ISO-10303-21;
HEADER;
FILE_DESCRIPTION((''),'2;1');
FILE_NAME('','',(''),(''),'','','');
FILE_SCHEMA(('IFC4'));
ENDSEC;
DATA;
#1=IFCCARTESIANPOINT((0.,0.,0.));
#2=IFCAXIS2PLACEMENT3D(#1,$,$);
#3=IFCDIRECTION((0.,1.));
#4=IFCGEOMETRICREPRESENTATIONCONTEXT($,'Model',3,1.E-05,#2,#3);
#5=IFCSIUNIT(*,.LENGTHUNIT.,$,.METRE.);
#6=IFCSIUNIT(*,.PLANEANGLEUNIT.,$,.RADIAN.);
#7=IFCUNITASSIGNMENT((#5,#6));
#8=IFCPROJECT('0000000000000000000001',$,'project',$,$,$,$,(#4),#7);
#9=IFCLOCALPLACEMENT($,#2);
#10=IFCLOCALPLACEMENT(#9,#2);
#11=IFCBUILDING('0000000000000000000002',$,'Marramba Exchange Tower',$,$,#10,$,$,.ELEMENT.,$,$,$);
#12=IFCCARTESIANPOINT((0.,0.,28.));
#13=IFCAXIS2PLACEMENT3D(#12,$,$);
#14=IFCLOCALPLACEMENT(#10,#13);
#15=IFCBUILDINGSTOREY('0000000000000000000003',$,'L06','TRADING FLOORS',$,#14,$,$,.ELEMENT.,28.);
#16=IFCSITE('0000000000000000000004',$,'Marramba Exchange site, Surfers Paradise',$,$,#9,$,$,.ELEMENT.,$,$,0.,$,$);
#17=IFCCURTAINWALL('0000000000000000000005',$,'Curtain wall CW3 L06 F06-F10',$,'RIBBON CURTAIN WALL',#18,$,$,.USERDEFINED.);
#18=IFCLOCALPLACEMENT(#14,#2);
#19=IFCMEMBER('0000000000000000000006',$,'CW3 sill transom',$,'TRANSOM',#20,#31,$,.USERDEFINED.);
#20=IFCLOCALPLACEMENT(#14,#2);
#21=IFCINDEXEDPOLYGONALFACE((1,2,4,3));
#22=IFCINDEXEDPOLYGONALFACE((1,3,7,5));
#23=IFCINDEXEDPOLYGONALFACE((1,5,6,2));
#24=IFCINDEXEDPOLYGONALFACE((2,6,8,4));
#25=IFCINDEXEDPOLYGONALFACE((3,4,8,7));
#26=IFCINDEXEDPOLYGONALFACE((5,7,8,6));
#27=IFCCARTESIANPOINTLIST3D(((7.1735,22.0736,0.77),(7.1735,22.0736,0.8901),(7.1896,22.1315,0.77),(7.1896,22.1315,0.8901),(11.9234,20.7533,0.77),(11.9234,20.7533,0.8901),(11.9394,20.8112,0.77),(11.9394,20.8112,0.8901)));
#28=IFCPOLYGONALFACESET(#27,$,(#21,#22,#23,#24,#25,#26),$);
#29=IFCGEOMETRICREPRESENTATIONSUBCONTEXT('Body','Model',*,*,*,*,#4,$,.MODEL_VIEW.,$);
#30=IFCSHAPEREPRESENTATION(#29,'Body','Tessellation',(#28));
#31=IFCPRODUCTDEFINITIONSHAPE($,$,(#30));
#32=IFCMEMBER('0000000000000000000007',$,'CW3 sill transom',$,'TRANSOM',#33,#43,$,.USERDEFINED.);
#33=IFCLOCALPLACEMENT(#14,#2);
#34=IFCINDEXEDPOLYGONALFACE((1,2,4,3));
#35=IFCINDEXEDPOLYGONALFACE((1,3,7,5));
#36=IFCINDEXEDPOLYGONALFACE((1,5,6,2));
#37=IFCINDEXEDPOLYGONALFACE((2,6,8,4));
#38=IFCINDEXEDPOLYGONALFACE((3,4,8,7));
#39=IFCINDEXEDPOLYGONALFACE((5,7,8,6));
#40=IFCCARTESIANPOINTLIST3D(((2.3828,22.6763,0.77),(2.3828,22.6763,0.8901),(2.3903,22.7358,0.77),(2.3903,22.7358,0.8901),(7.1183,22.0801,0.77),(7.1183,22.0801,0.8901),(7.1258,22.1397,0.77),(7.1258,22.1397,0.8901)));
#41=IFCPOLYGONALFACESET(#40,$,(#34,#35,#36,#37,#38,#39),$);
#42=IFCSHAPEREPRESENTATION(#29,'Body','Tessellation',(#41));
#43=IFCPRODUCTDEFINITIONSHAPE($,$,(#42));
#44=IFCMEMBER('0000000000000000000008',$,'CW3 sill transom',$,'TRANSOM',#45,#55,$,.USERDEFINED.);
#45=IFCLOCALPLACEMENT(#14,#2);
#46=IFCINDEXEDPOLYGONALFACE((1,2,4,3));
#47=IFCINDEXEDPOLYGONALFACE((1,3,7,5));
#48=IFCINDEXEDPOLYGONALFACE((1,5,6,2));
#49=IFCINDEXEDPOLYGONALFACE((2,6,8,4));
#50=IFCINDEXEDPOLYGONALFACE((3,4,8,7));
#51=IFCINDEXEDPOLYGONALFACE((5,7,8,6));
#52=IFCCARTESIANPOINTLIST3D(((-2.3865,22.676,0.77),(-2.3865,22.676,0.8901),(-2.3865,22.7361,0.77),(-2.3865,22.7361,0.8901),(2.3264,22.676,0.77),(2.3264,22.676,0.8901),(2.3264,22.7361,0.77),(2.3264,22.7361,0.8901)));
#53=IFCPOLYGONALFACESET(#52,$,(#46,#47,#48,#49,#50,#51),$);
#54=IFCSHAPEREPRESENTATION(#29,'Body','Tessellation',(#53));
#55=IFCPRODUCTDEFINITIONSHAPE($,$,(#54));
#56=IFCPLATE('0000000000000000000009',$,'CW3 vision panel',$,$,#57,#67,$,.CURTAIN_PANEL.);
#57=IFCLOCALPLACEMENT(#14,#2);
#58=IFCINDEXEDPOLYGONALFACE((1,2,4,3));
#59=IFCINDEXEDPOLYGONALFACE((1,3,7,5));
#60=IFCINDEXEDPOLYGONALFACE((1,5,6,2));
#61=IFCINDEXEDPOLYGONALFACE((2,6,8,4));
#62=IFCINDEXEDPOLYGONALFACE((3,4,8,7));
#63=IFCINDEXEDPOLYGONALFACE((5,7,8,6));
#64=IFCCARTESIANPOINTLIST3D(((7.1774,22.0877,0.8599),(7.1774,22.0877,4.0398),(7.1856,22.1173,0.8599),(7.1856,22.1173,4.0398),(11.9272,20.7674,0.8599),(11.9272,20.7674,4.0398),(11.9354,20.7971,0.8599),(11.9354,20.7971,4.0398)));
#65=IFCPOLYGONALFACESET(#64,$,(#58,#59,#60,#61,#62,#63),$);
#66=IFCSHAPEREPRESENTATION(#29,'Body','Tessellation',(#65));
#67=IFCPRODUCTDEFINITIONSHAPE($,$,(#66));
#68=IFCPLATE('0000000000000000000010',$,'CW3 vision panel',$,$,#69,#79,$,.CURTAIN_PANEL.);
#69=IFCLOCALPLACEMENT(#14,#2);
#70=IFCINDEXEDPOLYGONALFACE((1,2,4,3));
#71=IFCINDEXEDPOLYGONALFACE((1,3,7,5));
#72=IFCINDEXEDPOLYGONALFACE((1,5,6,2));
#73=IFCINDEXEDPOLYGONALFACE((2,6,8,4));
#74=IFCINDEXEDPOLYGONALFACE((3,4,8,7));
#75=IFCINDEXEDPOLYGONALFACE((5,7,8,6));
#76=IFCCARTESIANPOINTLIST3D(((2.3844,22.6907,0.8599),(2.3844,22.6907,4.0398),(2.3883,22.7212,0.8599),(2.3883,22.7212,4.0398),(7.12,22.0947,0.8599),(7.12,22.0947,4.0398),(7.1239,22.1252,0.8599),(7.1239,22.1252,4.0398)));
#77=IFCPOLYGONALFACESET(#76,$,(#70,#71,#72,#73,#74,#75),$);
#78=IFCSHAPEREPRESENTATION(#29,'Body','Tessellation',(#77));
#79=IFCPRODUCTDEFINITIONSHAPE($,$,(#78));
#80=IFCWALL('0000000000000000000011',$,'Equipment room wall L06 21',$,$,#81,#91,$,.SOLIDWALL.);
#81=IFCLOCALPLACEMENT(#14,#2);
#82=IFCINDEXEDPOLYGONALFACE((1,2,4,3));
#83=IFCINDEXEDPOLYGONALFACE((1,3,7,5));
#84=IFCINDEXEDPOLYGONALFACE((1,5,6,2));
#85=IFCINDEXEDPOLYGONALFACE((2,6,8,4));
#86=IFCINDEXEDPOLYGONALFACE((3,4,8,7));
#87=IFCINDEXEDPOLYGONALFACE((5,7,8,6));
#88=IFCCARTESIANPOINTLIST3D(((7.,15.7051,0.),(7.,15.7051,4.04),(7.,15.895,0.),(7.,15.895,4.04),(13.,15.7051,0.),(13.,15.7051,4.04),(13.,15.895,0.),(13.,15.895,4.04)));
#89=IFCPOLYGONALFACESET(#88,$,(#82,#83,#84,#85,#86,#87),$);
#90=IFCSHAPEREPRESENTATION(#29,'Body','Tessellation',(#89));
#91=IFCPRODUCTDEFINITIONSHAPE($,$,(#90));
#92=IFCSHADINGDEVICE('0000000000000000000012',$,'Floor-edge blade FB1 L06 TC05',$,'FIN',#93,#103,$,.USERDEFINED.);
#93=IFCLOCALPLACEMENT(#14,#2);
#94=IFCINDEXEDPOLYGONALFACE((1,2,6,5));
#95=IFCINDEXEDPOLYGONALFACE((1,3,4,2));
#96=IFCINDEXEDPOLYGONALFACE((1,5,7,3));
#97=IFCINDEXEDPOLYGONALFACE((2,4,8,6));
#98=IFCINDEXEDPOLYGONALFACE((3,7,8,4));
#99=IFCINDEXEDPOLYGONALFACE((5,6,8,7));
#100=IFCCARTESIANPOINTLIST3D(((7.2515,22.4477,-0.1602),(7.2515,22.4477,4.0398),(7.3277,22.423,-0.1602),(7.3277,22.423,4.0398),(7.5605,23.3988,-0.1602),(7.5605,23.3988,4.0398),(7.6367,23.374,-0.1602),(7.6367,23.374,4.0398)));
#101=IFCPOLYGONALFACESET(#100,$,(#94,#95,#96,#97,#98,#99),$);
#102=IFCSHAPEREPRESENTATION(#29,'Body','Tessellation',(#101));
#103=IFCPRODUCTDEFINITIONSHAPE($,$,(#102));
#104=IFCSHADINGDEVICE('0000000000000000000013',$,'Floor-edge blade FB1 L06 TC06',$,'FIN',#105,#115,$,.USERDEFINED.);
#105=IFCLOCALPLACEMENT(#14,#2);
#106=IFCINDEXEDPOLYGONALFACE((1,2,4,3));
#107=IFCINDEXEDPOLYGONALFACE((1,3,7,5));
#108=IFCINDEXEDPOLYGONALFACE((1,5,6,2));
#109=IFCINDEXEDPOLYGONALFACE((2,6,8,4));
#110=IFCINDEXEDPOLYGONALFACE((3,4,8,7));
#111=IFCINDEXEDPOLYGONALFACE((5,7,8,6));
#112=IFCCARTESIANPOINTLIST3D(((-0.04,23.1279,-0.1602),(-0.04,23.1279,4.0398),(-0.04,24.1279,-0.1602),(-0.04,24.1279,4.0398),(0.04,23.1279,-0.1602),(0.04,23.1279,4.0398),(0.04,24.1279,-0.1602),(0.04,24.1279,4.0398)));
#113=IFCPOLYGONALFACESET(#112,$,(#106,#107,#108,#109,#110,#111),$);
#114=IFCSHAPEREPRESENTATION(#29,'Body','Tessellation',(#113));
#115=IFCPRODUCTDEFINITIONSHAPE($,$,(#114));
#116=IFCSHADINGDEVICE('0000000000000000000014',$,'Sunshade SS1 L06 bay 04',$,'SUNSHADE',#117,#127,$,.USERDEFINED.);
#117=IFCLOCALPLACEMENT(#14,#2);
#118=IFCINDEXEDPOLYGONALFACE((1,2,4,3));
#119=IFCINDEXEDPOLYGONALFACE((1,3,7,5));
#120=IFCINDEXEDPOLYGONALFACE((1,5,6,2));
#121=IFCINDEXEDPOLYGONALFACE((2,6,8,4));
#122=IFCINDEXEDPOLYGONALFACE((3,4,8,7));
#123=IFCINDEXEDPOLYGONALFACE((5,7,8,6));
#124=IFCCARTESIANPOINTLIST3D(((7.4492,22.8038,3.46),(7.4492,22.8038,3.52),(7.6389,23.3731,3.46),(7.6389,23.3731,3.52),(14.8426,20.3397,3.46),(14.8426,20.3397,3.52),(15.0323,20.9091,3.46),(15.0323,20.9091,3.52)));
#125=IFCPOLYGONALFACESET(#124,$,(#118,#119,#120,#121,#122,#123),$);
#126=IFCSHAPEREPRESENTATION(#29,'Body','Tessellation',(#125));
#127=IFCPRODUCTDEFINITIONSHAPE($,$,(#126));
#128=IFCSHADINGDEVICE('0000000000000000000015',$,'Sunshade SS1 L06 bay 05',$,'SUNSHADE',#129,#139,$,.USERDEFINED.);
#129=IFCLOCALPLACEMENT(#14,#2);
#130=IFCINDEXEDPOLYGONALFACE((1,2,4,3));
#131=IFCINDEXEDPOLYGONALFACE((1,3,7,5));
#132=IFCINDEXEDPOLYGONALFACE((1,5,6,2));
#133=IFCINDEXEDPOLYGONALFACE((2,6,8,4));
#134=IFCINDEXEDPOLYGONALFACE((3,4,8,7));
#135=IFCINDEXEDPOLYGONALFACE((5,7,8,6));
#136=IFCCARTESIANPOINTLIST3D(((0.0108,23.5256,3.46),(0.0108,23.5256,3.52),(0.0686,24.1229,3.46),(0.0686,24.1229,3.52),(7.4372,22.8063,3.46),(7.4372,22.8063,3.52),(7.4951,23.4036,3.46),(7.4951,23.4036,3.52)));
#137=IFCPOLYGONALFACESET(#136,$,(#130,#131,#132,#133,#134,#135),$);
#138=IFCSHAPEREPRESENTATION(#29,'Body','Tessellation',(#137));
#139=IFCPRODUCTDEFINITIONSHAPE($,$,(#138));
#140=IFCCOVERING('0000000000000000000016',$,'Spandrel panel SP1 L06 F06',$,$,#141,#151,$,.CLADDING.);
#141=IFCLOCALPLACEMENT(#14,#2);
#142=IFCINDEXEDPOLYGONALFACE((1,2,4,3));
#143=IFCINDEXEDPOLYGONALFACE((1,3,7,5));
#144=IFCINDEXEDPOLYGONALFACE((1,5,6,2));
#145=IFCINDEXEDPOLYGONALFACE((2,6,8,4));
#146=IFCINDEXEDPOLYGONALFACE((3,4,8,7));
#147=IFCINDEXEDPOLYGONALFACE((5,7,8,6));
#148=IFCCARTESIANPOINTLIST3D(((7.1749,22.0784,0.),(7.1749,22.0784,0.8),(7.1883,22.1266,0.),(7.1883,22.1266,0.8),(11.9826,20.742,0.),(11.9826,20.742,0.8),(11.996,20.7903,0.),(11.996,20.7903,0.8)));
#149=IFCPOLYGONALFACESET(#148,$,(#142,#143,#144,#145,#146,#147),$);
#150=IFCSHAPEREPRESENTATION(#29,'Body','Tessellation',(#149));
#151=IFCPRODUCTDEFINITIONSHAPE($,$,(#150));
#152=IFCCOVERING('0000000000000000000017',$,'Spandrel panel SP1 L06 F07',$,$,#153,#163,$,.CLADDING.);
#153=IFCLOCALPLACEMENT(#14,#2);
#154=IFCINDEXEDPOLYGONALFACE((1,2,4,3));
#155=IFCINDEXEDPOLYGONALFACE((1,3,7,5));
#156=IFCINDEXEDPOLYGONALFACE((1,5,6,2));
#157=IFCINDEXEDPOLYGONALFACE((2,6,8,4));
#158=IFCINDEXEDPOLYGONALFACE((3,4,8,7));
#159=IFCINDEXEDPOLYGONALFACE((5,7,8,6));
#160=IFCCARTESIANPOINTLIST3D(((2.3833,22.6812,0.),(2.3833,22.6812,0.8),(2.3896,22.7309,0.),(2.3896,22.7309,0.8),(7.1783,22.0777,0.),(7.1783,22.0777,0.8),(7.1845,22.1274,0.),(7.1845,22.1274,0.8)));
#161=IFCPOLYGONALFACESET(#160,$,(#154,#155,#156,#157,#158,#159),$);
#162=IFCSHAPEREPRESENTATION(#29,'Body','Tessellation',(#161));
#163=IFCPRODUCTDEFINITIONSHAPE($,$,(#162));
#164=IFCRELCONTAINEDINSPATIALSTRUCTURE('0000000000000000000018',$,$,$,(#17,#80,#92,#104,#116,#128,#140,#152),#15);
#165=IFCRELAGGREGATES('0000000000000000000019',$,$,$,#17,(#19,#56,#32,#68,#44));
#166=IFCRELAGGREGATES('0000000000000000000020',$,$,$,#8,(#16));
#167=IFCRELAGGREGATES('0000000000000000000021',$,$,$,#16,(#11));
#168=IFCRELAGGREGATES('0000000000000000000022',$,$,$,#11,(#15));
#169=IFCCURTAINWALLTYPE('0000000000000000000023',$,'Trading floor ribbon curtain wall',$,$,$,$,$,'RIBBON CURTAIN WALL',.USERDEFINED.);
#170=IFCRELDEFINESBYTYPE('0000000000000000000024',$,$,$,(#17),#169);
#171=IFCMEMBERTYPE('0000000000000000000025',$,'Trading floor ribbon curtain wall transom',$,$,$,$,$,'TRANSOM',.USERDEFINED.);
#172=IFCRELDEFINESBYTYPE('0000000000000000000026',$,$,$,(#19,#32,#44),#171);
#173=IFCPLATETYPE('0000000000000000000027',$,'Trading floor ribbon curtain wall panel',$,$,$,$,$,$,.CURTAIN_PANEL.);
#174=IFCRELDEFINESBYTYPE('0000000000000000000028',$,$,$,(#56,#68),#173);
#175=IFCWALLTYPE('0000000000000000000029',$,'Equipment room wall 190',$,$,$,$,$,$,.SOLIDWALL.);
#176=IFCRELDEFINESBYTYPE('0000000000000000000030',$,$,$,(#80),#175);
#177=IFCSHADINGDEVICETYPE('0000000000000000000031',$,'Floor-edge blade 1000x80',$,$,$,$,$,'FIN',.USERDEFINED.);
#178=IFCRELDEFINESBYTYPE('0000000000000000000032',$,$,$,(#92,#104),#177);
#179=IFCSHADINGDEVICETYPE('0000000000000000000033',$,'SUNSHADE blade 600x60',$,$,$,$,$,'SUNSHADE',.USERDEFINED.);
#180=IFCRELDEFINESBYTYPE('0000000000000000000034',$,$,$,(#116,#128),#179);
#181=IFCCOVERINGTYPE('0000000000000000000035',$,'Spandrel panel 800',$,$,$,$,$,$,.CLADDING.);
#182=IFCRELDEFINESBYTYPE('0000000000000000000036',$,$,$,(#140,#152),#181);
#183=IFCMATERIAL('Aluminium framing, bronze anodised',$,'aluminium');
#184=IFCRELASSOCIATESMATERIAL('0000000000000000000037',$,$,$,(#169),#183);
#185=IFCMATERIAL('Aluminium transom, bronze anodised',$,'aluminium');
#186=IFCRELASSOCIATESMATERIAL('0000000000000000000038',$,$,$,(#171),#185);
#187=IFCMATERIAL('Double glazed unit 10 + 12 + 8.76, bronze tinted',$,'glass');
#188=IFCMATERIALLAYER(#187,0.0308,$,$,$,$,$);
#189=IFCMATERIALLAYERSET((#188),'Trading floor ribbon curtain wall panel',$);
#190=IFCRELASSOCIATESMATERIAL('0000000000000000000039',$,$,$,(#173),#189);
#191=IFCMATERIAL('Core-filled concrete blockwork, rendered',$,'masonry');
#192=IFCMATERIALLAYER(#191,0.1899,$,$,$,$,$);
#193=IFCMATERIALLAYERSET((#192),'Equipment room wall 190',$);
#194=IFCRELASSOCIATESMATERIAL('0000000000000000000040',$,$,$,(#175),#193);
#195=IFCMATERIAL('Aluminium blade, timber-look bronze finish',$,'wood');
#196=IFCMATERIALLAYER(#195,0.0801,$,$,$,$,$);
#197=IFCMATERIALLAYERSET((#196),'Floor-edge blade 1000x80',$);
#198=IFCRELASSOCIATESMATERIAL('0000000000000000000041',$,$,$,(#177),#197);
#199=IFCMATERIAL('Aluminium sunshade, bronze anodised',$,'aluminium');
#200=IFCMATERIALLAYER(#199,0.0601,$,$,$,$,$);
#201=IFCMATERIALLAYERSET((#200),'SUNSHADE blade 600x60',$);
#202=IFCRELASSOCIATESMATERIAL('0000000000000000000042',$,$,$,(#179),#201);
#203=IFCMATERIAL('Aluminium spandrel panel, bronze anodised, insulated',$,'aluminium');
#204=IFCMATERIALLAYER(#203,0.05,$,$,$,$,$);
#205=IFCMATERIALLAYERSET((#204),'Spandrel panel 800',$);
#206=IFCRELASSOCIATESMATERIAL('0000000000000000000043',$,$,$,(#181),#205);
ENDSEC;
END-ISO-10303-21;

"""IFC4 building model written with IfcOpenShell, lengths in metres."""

from ifc_helpers import new_model, si_unit, direction, frame, frame_2d, origin, origin_2d, place, context, subcontext, project, spatial, rectangle, extrude, material, layer, layer_set, material_profile, profile_set, type_object, element, aggregate, save


model = new_model("IFC4")

# Units and contexts
model_context = context("Model", 3, precision=1e-05, world=origin(), true_north=direction((0.0, 1.0)))
body_context = subcontext(model_context, "Body", "Model", "MODEL_VIEW")
ifc_project = project(units=[si_unit("LENGTHUNIT", "METRE"), si_unit("PLANEANGLEUNIT", "RADIAN")], contexts=[model_context])

# Site, building, storey
site_placement = place(None, origin())
site = spatial("IfcSite", under=ifc_project, at=site_placement, Name="Marramba Exchange site, Surfers Paradise", CompositionType="ELEMENT", RefElevation=0.0)
building_placement = place(site_placement, origin())
building = spatial("IfcBuilding", under=site, at=building_placement, Name="Marramba Exchange Tower", CompositionType="ELEMENT")
storey_placement = place(building_placement, frame((0.0, 0.0, 28.0)))
storey = spatial("IfcBuildingStorey", under=building, at=storey_placement, Name="L06", Description="TRADING FLOORS", CompositionType="ELEMENT", Elevation=28.0)

# Curtain wall, members, plates
ifc_material_1 = material(Name="Aluminium framing, bronze anodised", Category="aluminium")
curtain_wall_type = type_object("IfcCurtainWallType", Name="Trading floor ribbon curtain wall", ElementType="RIBBON CURTAIN WALL", PredefinedType="USERDEFINED", material=ifc_material_1)
curtain_wall_placement = place(storey_placement, origin())
curtain_wall = element("IfcCurtainWall", 1, at=curtain_wall_placement, inside=storey, type_object=curtain_wall_type, Name="Curtain wall CW3 L06 F06-F10", ObjectType="RIBBON CURTAIN WALL", PredefinedType="USERDEFINED")
ifc_material_2 = material(Name="Aluminium transom, bronze anodised", Category="aluminium")
ifc_material_profile_1 = material_profile(ifc_material_2, rectangle(XDim=0.0601, YDim=0.1201, at=origin_2d()), Name="CW3 transom 60x120")
ifc_profile_set_1 = profile_set([ifc_material_profile_1], Name="Aluminium transom, bronze anodised")
member_type_1 = type_object("IfcMemberType", Name="Trading floor ribbon curtain wall transom", ElementType="TRANSOM", PredefinedType="USERDEFINED", material=ifc_profile_set_1)
member_1_placement = place(storey_placement, frame((11.9314, 20.7822, 0.8301), z_axis=(-0.963469, 0.26782, 0.0), x_axis=(-0.26782, -0.963469, 0.0)))
member_1 = element("IfcMember", 2, at=member_1_placement, type_object=member_type_1, Name="CW3 sill transom", ObjectType="TRANSOM", PredefinedType="USERDEFINED", context=body_context, shape_type="SweptSolid", body=[
    extrude(rectangle(XDim=0.0601, YDim=0.1201, at=origin_2d()), origin(), (0.0, 0.0, 1.0), 4.9299),
])
member_2_placement = place(storey_placement, frame((7.1221, 22.1099, 0.8301), z_axis=(-0.992168, 0.12491, 0.0), x_axis=(-0.12491, -0.992168, 0.0)))
member_2 = element("IfcMember", 3, at=member_2_placement, type_object=member_type_1, Name="CW3 sill transom", ObjectType="TRANSOM", PredefinedType="USERDEFINED", context=body_context, shape_type="SweptSolid", body=[
    extrude(rectangle(XDim=0.0601, YDim=0.1201, at=origin_2d()), origin(), (0.0, 0.0, 1.0), 4.7729),
])
member_3_placement = place(storey_placement, frame((2.3264, 22.7061, 0.8301), z_axis=(-1.0, 0.0, 0.0), x_axis=(0.0, -1.0, 0.0)))
member_3 = element("IfcMember", 4, at=member_3_placement, type_object=member_type_1, Name="CW3 sill transom", ObjectType="TRANSOM", PredefinedType="USERDEFINED", context=body_context, shape_type="SweptSolid", body=[
    extrude(rectangle(XDim=0.0601, YDim=0.1201, at=origin_2d()), origin(), (0.0, 0.0, 1.0), 4.7129),
])
ifc_material_3 = material(Name="Double glazed unit 10 + 12 + 8.76, bronze tinted", Category="glass")
ifc_layer_1 = layer(ifc_material_3, 0.0308)
ifc_layer_set_1 = layer_set([ifc_layer_1], Name="Trading floor ribbon curtain wall panel")
plate_type = type_object("IfcPlateType", Name="Trading floor ribbon curtain wall panel", PredefinedType="CURTAIN_PANEL", material=ifc_layer_set_1)
plate_1_placement = place(storey_placement, frame((9.5564, 21.4424, 0.8599), z_axis=(0.0, 0.0, 1.0), x_axis=(-0.963472, 0.267809, 0.0)))
plate_1 = element("IfcPlate", 5, at=plate_1_placement, type_object=plate_type, Name="CW3 vision panel", PredefinedType="CURTAIN_PANEL", context=body_context, shape_type="SweptSolid", body=[
    extrude(rectangle(XDim=4.9299, YDim=0.0308, at=origin_2d()), origin(), (0.0, 0.0, 1.0), 3.1799),
])
plate_2_placement = place(storey_placement, frame((4.7542, 22.408, 0.8599), z_axis=(0.0, 0.0, 1.0), x_axis=(-0.992173, 0.124873, 0.0)))
plate_2 = element("IfcPlate", 6, at=plate_2_placement, type_object=plate_type, Name="CW3 vision panel", PredefinedType="CURTAIN_PANEL", context=body_context, shape_type="SweptSolid", body=[
    extrude(rectangle(XDim=4.7729, YDim=0.0308, at=origin_2d()), origin(), (0.0, 0.0, 1.0), 3.1799),
])
aggregate(curtain_wall, [member_1, plate_1, member_2, plate_2, member_3])

# Wall
ifc_material_4 = material(Name="Core-filled concrete blockwork, rendered", Category="masonry")
ifc_layer_2 = layer(ifc_material_4, 0.1899)
ifc_layer_set_2 = layer_set([ifc_layer_2], Name="Equipment room wall 190")
wall_type = type_object("IfcWallType", Name="Equipment room wall 190", PredefinedType="SOLIDWALL", material=ifc_layer_set_2)
wall_placement = place(storey_placement, frame((7.0, 15.8, 0.0), z_axis=(0.0, 0.0, 1.0), x_axis=(1.0, 0.0, 0.0)))
element("IfcWall", 7, at=wall_placement, inside=storey, type_object=wall_type, Name="Equipment room wall L06 21", PredefinedType="SOLIDWALL", context=body_context, shape_type="SweptSolid", body=[
    extrude(rectangle(XDim=6.0, YDim=0.1899, at=frame_2d((3.0, 0.0))), origin(), (0.0, 0.0, 1.0), 4.04),
])

# Shading devices
ifc_material_5 = material(Name="Aluminium blade, timber-look bronze finish", Category="wood")
ifc_layer_3 = layer(ifc_material_5, 0.0801)
ifc_layer_set_3 = layer_set([ifc_layer_3], Name="Floor-edge blade 1000x80")
shading_device_type_1 = type_object("IfcShadingDeviceType", Name="Floor-edge blade 1000x80", ElementType="FIN", PredefinedType="USERDEFINED", material=ifc_layer_set_3)
for number, where, z_axis, x_axis, name in (
    (8, (7.4441, 22.9109, -0.1602), (0.0, 0.0, 1.0), (0.309017, 0.951057, 0.0), "Floor-edge blade FB1 L06 TC05"),
    (9, (0.0, 23.6279, -0.1602), (0.0, 0.0, 1.0), (0.0, 1.0, 0.0), "Floor-edge blade FB1 L06 TC06"),
):
    element("IfcShadingDevice", number, at=place(storey_placement, frame(where, z_axis=z_axis, x_axis=x_axis)), inside=storey, type_object=shading_device_type_1, Name=name, ObjectType="FIN", PredefinedType="USERDEFINED", context=body_context, shape_type="SweptSolid", body=[
        extrude(rectangle(XDim=1.0, YDim=0.0801, at=origin_2d()), origin(), (0.0, 0.0, 1.0), 4.2),
    ])
ifc_material_6 = material(Name="Aluminium sunshade, bronze anodised", Category="aluminium")
ifc_layer_4 = layer(ifc_material_6, 0.0601)
ifc_layer_set_4 = layer_set([ifc_layer_4], Name="SUNSHADE blade 600x60")
shading_device_type_2 = type_object("IfcShadingDeviceType", Name="SUNSHADE blade 600x60", ElementType="SUNSHADE", PredefinedType="USERDEFINED", material=ifc_layer_set_4)
shading_device_1_placement = place(storey_placement, frame((11.2407, 21.8564, 3.46), z_axis=(0.0, 0.0, 1.0), x_axis=(-0.948698, 0.316184, 0.0)))
element("IfcShadingDevice", 10, at=shading_device_1_placement, inside=storey, type_object=shading_device_type_2, Name="Sunshade SS1 L06 bay 04", ObjectType="SUNSHADE", PredefinedType="USERDEFINED", context=body_context, shape_type="SweptSolid", body=[
    extrude(rectangle(XDim=7.7932, YDim=0.6001, at=origin_2d()), origin(), (0.0, 0.0, 1.0), 0.0601),
])
shading_device_2_placement = place(storey_placement, frame((3.7529, 23.4646, 3.46), z_axis=(0.0, 0.0, 1.0), x_axis=(-0.995343, 0.096398, 0.0)))
element("IfcShadingDevice", 11, at=shading_device_2_placement, inside=storey, type_object=shading_device_type_2, Name="Sunshade SS1 L06 bay 05", ObjectType="SUNSHADE", PredefinedType="USERDEFINED", context=body_context, shape_type="SweptSolid", body=[
    extrude(rectangle(XDim=7.4612, YDim=0.6001, at=origin_2d()), origin(), (0.0, 0.0, 1.0), 0.0601),
])

# Coverings
ifc_material_7 = material(Name="Aluminium spandrel panel, bronze anodised, insulated", Category="aluminium")
ifc_layer_5 = layer(ifc_material_7, 0.05)
ifc_layer_set_5 = layer_set([ifc_layer_5], Name="Spandrel panel 800")
covering_type = type_object("IfcCoveringType", Name="Spandrel panel 800", PredefinedType="CLADDING", material=ifc_layer_set_5)
covering_1_placement = place(storey_placement, frame((9.5854, 21.4343, 0.0), z_axis=(0.0, 0.0, 1.0), x_axis=(-0.963472, 0.267809, 0.0)))
element("IfcCovering", 12, at=covering_1_placement, inside=storey, type_object=covering_type, Name="Spandrel panel SP1 L06 F06", PredefinedType="CLADDING", context=body_context, shape_type="SweptSolid", body=[
    extrude(rectangle(XDim=4.99, YDim=0.05, at=origin_2d()), origin(), (0.0, 0.0, 1.0), 0.8),
])
covering_2_placement = place(storey_placement, frame((4.7839, 22.4043, 0.0), z_axis=(0.0, 0.0, 1.0), x_axis=(-0.992173, 0.124873, 0.0)))
element("IfcCovering", 13, at=covering_2_placement, inside=storey, type_object=covering_type, Name="Spandrel panel SP1 L06 F07", PredefinedType="CLADDING", context=body_context, shape_type="SweptSolid", body=[
    extrude(rectangle(XDim=4.8328, YDim=0.05, at=origin_2d()), origin(), (0.0, 0.0, 1.0), 0.8),
])

save(model, "model.ifc")
